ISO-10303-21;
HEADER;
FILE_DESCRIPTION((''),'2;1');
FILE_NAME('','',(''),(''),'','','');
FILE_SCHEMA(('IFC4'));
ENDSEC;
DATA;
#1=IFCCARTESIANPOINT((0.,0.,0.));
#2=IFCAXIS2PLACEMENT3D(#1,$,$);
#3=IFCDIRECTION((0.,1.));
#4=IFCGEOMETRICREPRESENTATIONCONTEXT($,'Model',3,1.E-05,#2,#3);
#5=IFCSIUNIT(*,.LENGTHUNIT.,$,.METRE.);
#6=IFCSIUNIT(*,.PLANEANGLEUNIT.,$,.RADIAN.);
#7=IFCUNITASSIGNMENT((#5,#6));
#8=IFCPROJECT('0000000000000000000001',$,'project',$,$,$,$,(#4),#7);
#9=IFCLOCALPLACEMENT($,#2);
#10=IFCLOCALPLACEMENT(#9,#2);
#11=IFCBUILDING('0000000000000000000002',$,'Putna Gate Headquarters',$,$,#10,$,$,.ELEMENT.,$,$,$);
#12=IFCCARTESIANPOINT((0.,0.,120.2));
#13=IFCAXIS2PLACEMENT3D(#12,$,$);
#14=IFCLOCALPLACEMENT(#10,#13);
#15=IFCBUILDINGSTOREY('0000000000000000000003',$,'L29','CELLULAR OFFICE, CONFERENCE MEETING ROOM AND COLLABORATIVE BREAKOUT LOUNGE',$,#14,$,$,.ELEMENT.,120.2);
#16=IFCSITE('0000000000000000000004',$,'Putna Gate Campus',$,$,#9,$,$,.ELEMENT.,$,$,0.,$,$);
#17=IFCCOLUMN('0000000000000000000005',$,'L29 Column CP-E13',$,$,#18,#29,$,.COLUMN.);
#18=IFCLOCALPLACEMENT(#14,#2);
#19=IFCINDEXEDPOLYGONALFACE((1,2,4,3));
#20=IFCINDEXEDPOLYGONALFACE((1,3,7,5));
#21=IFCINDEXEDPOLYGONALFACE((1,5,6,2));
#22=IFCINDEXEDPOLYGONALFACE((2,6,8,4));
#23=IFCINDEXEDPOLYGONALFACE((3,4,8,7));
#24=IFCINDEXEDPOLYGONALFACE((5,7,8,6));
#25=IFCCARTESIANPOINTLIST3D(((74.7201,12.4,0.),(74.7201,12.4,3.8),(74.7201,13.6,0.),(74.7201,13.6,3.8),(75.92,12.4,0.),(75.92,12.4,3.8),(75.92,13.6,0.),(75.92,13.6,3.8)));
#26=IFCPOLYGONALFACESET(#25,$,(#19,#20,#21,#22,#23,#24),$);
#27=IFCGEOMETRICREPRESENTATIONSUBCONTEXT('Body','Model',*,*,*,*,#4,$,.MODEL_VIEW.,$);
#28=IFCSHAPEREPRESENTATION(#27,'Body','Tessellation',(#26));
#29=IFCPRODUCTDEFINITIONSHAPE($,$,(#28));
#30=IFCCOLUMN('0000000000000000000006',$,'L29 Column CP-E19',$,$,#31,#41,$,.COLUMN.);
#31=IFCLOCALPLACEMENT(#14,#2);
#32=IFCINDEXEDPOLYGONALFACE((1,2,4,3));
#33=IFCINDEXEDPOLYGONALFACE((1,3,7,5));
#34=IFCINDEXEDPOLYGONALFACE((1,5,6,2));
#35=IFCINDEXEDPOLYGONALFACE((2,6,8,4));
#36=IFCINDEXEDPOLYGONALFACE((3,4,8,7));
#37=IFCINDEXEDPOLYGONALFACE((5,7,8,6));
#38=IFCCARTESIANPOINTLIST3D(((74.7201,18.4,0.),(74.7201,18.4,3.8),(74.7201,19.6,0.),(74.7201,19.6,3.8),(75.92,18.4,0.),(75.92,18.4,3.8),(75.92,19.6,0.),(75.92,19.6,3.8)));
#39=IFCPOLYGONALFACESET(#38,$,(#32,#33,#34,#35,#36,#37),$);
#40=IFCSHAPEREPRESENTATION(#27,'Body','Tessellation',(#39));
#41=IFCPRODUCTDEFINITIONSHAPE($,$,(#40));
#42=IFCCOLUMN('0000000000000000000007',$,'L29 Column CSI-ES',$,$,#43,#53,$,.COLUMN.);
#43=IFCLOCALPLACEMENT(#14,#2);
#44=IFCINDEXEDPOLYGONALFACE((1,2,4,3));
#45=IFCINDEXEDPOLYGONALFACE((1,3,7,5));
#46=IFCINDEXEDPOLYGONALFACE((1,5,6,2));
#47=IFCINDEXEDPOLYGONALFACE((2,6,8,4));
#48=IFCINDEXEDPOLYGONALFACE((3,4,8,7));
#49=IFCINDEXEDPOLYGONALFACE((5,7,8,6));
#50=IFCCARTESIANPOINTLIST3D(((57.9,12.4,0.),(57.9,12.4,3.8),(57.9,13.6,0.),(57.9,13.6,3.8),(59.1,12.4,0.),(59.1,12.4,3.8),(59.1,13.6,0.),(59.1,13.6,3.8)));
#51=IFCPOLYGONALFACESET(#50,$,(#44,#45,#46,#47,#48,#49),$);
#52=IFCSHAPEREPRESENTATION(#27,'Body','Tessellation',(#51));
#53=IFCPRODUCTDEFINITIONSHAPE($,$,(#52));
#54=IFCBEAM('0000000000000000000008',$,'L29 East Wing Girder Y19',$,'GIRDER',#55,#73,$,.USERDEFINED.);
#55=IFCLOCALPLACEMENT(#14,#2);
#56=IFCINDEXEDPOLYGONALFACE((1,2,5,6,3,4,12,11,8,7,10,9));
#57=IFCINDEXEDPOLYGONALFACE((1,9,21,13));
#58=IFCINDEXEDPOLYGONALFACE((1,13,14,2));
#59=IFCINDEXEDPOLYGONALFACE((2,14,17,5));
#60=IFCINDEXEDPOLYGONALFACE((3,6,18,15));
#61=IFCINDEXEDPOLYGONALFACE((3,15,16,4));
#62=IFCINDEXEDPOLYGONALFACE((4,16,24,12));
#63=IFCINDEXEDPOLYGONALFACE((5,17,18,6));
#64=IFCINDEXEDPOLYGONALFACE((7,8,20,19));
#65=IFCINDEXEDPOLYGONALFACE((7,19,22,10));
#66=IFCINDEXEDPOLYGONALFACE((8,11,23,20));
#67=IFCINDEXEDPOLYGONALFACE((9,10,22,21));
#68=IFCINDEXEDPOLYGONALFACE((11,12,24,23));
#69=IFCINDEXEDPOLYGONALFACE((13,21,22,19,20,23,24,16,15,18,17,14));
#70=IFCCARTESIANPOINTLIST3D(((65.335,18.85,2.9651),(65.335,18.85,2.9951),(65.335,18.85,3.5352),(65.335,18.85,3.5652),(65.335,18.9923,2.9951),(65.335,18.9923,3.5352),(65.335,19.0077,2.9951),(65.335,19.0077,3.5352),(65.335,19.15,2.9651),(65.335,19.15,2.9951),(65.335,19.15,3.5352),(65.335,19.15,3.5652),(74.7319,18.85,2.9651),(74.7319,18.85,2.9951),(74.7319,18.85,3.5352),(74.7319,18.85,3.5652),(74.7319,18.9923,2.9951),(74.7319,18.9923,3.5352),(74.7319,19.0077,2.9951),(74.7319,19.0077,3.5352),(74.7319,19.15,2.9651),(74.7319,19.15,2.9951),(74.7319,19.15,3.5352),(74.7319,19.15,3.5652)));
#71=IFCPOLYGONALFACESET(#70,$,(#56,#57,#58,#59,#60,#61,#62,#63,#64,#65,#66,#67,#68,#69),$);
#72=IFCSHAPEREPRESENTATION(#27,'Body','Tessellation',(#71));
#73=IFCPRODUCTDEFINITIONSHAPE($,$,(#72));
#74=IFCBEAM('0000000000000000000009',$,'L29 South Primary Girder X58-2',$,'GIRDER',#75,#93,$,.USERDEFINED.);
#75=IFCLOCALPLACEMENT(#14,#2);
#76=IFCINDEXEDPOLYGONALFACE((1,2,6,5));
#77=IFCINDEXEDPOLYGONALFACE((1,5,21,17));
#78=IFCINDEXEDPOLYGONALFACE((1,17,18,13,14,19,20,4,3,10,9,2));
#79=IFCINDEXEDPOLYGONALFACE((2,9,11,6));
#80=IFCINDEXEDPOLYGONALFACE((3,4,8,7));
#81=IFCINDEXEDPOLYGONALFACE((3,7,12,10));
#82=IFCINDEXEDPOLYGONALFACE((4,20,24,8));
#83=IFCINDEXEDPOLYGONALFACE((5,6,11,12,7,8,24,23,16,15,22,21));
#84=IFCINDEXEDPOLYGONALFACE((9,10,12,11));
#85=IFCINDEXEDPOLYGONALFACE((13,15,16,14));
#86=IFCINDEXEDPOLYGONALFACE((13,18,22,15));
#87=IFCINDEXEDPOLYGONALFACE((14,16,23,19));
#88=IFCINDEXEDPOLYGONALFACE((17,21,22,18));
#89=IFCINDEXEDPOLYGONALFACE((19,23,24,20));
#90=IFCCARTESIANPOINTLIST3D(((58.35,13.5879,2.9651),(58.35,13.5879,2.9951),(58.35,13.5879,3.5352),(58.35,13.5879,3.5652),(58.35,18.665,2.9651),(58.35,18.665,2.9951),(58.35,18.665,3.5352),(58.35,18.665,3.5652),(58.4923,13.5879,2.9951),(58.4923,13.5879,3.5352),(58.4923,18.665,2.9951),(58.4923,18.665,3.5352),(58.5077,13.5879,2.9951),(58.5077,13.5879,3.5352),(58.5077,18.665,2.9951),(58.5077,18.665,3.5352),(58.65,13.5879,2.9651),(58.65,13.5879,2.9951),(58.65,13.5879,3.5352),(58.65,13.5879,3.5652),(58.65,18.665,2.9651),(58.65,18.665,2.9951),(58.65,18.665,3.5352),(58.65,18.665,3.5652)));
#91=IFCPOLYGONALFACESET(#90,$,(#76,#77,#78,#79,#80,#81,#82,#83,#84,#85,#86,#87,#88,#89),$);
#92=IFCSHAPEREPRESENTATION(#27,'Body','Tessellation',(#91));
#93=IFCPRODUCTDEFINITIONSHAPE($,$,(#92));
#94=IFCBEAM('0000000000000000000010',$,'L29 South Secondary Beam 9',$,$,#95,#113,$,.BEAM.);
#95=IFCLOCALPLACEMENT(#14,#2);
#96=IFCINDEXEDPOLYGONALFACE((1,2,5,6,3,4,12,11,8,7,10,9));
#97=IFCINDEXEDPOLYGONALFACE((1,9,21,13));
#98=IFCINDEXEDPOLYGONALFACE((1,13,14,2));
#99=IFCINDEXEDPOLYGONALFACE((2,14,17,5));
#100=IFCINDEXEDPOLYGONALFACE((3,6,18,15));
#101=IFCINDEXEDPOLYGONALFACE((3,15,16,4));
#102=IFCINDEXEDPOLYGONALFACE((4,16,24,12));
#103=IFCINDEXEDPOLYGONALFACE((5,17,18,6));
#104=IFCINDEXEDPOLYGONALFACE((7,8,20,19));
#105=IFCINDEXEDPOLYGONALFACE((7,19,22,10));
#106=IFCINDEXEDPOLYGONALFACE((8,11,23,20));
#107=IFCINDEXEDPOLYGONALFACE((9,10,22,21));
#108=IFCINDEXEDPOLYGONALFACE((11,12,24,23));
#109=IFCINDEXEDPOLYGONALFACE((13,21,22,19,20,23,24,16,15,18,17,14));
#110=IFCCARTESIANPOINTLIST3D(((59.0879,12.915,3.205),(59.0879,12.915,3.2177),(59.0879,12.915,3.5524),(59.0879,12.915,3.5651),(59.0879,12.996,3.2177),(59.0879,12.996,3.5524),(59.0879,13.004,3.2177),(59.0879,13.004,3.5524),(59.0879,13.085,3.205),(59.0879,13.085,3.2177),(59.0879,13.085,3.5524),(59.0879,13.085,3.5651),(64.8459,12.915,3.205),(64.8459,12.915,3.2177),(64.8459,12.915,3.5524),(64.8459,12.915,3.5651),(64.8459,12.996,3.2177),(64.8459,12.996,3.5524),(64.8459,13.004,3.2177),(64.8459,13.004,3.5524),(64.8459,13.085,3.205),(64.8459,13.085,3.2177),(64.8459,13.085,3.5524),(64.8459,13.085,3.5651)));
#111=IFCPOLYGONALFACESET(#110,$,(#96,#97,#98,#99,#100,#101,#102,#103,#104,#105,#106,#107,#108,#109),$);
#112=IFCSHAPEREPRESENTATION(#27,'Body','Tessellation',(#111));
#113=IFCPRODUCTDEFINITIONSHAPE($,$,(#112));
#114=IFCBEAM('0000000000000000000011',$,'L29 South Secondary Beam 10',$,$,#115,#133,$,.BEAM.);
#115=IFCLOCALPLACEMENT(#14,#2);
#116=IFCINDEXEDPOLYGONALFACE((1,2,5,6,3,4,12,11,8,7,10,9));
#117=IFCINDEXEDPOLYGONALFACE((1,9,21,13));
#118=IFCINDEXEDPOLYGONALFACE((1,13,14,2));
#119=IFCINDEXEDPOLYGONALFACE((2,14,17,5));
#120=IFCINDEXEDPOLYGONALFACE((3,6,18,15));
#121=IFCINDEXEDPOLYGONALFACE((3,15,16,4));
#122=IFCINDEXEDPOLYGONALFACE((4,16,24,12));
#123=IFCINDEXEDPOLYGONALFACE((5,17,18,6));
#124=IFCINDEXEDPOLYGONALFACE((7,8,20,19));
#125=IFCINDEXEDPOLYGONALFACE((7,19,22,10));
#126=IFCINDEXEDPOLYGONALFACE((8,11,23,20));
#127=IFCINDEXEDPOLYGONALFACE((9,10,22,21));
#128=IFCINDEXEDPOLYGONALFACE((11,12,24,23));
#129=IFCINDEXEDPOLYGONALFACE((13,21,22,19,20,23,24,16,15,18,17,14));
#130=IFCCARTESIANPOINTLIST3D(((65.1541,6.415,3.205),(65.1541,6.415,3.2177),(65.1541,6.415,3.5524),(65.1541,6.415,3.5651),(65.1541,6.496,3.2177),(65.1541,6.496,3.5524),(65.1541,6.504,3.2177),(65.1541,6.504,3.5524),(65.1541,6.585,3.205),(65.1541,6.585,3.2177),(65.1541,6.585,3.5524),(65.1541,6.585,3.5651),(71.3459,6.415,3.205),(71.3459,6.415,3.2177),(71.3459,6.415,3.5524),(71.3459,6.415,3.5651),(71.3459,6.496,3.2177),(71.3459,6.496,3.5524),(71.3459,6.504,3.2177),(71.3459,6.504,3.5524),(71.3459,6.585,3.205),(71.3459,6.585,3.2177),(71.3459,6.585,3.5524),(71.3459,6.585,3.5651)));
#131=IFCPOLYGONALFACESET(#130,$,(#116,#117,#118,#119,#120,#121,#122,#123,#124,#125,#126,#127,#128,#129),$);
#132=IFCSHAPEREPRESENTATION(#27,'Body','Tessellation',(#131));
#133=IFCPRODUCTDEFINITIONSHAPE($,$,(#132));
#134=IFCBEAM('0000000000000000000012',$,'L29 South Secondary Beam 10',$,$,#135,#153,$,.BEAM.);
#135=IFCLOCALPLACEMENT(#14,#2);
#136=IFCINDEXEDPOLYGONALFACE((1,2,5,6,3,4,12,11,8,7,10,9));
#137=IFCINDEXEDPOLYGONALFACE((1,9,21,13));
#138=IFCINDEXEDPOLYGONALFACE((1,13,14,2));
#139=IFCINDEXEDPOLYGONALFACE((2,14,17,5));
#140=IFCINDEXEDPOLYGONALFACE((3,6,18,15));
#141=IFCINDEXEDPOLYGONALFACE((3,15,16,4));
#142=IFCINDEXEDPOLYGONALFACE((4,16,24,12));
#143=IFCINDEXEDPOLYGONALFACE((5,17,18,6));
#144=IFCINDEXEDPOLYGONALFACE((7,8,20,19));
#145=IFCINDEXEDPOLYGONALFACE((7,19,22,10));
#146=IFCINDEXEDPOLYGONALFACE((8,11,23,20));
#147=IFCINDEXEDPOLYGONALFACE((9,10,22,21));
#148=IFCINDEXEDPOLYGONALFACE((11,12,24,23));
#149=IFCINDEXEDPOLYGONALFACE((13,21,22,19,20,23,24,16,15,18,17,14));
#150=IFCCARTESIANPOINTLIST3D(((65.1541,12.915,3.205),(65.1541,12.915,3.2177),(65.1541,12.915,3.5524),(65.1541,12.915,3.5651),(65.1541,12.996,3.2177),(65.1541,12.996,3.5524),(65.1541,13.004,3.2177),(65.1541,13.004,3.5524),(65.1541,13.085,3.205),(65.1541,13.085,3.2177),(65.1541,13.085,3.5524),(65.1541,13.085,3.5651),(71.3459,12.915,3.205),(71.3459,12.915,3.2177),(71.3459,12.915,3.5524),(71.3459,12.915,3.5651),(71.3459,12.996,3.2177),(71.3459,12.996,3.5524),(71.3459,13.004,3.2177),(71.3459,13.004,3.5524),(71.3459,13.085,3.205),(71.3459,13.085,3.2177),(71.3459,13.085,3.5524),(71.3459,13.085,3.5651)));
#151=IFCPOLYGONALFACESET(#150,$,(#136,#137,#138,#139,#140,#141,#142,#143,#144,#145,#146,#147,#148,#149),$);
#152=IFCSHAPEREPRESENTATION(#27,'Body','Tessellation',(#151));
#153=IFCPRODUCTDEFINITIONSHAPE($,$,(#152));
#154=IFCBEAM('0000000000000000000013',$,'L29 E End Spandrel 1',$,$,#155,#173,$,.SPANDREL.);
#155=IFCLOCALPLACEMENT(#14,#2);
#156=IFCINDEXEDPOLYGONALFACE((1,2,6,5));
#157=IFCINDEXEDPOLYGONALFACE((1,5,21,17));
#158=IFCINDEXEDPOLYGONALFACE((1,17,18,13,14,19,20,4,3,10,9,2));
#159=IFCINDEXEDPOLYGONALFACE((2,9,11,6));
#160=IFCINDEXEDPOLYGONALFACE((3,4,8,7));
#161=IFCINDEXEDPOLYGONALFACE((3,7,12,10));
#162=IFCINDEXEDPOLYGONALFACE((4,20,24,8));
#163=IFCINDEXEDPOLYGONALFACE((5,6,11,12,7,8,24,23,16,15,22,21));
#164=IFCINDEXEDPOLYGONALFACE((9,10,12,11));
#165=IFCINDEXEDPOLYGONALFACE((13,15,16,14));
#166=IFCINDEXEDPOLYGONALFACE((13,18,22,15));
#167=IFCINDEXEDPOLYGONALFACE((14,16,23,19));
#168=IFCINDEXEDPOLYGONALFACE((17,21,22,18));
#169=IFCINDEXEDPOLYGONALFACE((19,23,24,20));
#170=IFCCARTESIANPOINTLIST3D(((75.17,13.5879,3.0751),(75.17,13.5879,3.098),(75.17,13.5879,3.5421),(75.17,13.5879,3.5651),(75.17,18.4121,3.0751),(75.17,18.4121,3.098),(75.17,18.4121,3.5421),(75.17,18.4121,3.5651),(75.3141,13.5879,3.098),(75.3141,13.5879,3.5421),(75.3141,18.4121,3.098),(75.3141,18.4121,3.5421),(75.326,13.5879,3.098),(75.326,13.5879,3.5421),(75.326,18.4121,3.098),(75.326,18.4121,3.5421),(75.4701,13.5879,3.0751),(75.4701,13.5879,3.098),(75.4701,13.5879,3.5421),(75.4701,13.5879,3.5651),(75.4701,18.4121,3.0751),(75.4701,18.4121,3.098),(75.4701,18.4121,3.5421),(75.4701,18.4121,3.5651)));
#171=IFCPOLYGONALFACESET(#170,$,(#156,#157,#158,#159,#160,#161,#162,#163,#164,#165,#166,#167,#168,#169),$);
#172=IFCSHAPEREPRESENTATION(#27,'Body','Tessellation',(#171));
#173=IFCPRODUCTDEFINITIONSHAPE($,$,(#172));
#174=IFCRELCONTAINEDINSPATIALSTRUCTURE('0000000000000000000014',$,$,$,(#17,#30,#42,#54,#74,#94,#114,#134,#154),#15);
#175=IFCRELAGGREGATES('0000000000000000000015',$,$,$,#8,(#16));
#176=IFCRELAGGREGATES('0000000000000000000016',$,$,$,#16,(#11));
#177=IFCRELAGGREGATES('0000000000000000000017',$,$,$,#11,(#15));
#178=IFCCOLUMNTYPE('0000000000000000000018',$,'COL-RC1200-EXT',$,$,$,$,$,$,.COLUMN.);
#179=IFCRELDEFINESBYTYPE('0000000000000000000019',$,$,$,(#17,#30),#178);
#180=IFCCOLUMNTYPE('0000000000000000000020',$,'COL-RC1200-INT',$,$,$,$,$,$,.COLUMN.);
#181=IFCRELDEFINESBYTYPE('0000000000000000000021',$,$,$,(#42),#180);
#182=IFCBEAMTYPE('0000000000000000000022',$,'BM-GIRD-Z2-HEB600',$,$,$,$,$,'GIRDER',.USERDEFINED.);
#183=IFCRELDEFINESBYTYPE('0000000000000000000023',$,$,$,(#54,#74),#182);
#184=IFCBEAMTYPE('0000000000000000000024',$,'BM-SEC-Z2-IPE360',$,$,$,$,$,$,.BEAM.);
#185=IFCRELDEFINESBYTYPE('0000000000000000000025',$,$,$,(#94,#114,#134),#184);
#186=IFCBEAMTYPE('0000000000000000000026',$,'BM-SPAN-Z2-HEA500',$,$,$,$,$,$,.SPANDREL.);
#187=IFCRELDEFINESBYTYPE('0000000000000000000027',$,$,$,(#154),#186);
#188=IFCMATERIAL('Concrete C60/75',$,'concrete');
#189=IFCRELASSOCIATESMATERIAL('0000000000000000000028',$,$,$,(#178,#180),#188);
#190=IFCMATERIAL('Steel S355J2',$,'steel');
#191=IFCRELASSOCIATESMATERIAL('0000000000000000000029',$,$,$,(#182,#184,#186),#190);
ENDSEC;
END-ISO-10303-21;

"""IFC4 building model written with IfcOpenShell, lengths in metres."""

from ifc_helpers import new_model, si_unit, direction, frame, origin, origin_2d, place, context, subcontext, project, spatial, rectangle, i_section, extrude, material, material_profile, profile_set, type_object, element, save


model = new_model("IFC4")

# Units and contexts
model_context = context("Model", 3, precision=1e-05, world=origin(), true_north=direction((0.0, 1.0)))
body_context = subcontext(model_context, "Body", "Model", "MODEL_VIEW")
ifc_project = project(units=[si_unit("LENGTHUNIT", "METRE"), si_unit("PLANEANGLEUNIT", "RADIAN")], contexts=[model_context])

# Site, building, storey
site_placement = place(None, origin())
site = spatial("IfcSite", under=ifc_project, at=site_placement, Name="Putna Gate Campus", CompositionType="ELEMENT", RefElevation=0.0)
building_placement = place(site_placement, origin())
building = spatial("IfcBuilding", under=site, at=building_placement, Name="Putna Gate Headquarters", CompositionType="ELEMENT")
storey_placement = place(building_placement, frame((0.0, 0.0, 120.2)))
storey = spatial("IfcBuildingStorey", under=building, at=storey_placement, Name="L29", Description="CELLULAR OFFICE, CONFERENCE MEETING ROOM AND COLLABORATIVE BREAKOUT LOUNGE", CompositionType="ELEMENT", Elevation=120.2)

# Columns
ifc_material_1 = material(Name="Concrete C60/75", Category="concrete")
ifc_material_profile_1 = material_profile(ifc_material_1, rectangle(XDim=1.2, YDim=1.2, at=origin_2d()), Name="Concrete C60/75")
ifc_profile_set_1 = profile_set([ifc_material_profile_1], Name="Concrete C60/75")
column_type_1 = type_object("IfcColumnType", Name="COL-RC1200-EXT", PredefinedType="COLUMN", material=ifc_profile_set_1)
for number, where, z_axis, x_axis, name in (
    (1, (75.3201, 13.0, 0.0), (0.0, 0.0, 1.0), (1.0, 0.0, 0.0), "L29 Column CP-E13"),
    (2, (75.3201, 19.0, 0.0), (0.0, 0.0, 1.0), (1.0, 0.0, 0.0), "L29 Column CP-E19"),
):
    element("IfcColumn", number, at=place(storey_placement, frame(where, z_axis=z_axis, x_axis=x_axis)), inside=storey, type_object=column_type_1, Name=name, PredefinedType="COLUMN", context=body_context, shape_type="SweptSolid", body=[
        extrude(rectangle(XDim=1.2, YDim=1.2, at=origin_2d()), origin(), (0.0, 0.0, 1.0), 3.8),
    ])
ifc_material_profile_2 = material_profile(ifc_material_1, rectangle(XDim=1.2, YDim=1.2, at=origin_2d()), Name="Concrete C60/75")
ifc_profile_set_2 = profile_set([ifc_material_profile_2], Name="Concrete C60/75")
column_type_2 = type_object("IfcColumnType", Name="COL-RC1200-INT", PredefinedType="COLUMN", material=ifc_profile_set_2)
column_placement = place(storey_placement, frame((58.5, 13.0, 0.0), z_axis=(0.0, 0.0, 1.0), x_axis=(1.0, 0.0, 0.0)))
element("IfcColumn", 3, at=column_placement, inside=storey, type_object=column_type_2, Name="L29 Column CSI-ES", PredefinedType="COLUMN", context=body_context, shape_type="SweptSolid", body=[
    extrude(rectangle(XDim=1.2, YDim=1.2, at=origin_2d()), origin(), (0.0, 0.0, 1.0), 3.8),
])

# Beams
ifc_material_2 = material(Name="Steel S355J2", Category="steel")
ifc_material_profile_3 = material_profile(ifc_material_2, i_section(OverallWidth=0.3, OverallDepth=0.6001, WebThickness=0.0154, FlangeThickness=0.03, at=origin_2d()), Name="Steel S355J2")
ifc_profile_set_3 = profile_set([ifc_material_profile_3], Name="Steel S355J2")
beam_type_1 = type_object("IfcBeamType", Name="BM-GIRD-Z2-HEB600", ElementType="GIRDER", PredefinedType="USERDEFINED", material=ifc_profile_set_3)
beam_1_placement = place(storey_placement, frame((65.335, 19.0, 3.2651), z_axis=(1.0, 0.0, 0.0), x_axis=(0.0, 1.0, 0.0)))
element("IfcBeam", 4, at=beam_1_placement, inside=storey, type_object=beam_type_1, Name="L29 East Wing Girder Y19", ObjectType="GIRDER", PredefinedType="USERDEFINED", context=body_context, shape_type="SweptSolid", body=[
    extrude(i_section(OverallWidth=0.3, OverallDepth=0.6001, WebThickness=0.0154, FlangeThickness=0.03, at=origin_2d()), origin(), (0.0, 0.0, 1.0), 9.397),
])
beam_2_placement = place(storey_placement, frame((58.5, 13.5879, 3.2651), z_axis=(0.0, 1.0, 0.0), x_axis=(-1.0, 0.0, 0.0)))
element("IfcBeam", 5, at=beam_2_placement, inside=storey, type_object=beam_type_1, Name="L29 South Primary Girder X58-2", ObjectType="GIRDER", PredefinedType="USERDEFINED", context=body_context, shape_type="SweptSolid", body=[
    extrude(i_section(OverallWidth=0.3, OverallDepth=0.6001, WebThickness=0.0154, FlangeThickness=0.03, at=origin_2d()), origin(), (0.0, 0.0, 1.0), 5.0771),
])
ifc_material_profile_4 = material_profile(ifc_material_2, i_section(OverallWidth=0.1699, OverallDepth=0.3601, WebThickness=0.0081, FlangeThickness=0.0127, at=origin_2d()), Name="Steel S355J2")
ifc_profile_set_4 = profile_set([ifc_material_profile_4], Name="Steel S355J2")
beam_type_2 = type_object("IfcBeamType", Name="BM-SEC-Z2-IPE360", PredefinedType="BEAM", material=ifc_profile_set_4)
beam_3_placement = place(storey_placement, frame((59.0879, 13.0, 3.385), z_axis=(1.0, 0.0, 0.0), x_axis=(0.0, 1.0, 0.0)))
element("IfcBeam", 6, at=beam_3_placement, inside=storey, type_object=beam_type_2, Name="L29 South Secondary Beam 9", PredefinedType="BEAM", context=body_context, shape_type="SweptSolid", body=[
    extrude(i_section(OverallWidth=0.1699, OverallDepth=0.3601, WebThickness=0.0081, FlangeThickness=0.0127, at=origin_2d()), origin(), (0.0, 0.0, 1.0), 5.7581),
])
for number, where, z_axis, x_axis, name in (
    (7, (65.1541, 6.5, 3.385), (1.0, 0.0, 0.0), (0.0, 1.0, 0.0), "L29 South Secondary Beam 10"),
    (8, (65.1541, 13.0, 3.385), (1.0, 0.0, 0.0), (0.0, 1.0, 0.0), "L29 South Secondary Beam 10"),
):
    element("IfcBeam", number, at=place(storey_placement, frame(where, z_axis=z_axis, x_axis=x_axis)), inside=storey, type_object=beam_type_2, Name=name, PredefinedType="BEAM", context=body_context, shape_type="SweptSolid", body=[
        extrude(i_section(OverallWidth=0.1699, OverallDepth=0.3601, WebThickness=0.0081, FlangeThickness=0.0127, at=origin_2d()), origin(), (0.0, 0.0, 1.0), 6.1919),
    ])
ifc_material_profile_5 = material_profile(ifc_material_2, i_section(OverallWidth=0.3, OverallDepth=0.49, WebThickness=0.012, FlangeThickness=0.0229, at=origin_2d()), Name="Steel S355J2")
ifc_profile_set_5 = profile_set([ifc_material_profile_5], Name="Steel S355J2")
beam_type_3 = type_object("IfcBeamType", Name="BM-SPAN-Z2-HEA500", PredefinedType="SPANDREL", material=ifc_profile_set_5)
beam_4_placement = place(storey_placement, frame((75.3201, 13.5879, 3.3201), z_axis=(0.0, 1.0, 0.0), x_axis=(-1.0, 0.0, 0.0)))
element("IfcBeam", 9, at=beam_4_placement, inside=storey, type_object=beam_type_3, Name="L29 E End Spandrel 1", PredefinedType="SPANDREL", context=body_context, shape_type="SweptSolid", body=[
    extrude(i_section(OverallWidth=0.3, OverallDepth=0.49, WebThickness=0.012, FlangeThickness=0.0229, at=origin_2d()), origin(), (0.0, 0.0, 1.0), 4.8242),
])

save(model, "model.ifc")
